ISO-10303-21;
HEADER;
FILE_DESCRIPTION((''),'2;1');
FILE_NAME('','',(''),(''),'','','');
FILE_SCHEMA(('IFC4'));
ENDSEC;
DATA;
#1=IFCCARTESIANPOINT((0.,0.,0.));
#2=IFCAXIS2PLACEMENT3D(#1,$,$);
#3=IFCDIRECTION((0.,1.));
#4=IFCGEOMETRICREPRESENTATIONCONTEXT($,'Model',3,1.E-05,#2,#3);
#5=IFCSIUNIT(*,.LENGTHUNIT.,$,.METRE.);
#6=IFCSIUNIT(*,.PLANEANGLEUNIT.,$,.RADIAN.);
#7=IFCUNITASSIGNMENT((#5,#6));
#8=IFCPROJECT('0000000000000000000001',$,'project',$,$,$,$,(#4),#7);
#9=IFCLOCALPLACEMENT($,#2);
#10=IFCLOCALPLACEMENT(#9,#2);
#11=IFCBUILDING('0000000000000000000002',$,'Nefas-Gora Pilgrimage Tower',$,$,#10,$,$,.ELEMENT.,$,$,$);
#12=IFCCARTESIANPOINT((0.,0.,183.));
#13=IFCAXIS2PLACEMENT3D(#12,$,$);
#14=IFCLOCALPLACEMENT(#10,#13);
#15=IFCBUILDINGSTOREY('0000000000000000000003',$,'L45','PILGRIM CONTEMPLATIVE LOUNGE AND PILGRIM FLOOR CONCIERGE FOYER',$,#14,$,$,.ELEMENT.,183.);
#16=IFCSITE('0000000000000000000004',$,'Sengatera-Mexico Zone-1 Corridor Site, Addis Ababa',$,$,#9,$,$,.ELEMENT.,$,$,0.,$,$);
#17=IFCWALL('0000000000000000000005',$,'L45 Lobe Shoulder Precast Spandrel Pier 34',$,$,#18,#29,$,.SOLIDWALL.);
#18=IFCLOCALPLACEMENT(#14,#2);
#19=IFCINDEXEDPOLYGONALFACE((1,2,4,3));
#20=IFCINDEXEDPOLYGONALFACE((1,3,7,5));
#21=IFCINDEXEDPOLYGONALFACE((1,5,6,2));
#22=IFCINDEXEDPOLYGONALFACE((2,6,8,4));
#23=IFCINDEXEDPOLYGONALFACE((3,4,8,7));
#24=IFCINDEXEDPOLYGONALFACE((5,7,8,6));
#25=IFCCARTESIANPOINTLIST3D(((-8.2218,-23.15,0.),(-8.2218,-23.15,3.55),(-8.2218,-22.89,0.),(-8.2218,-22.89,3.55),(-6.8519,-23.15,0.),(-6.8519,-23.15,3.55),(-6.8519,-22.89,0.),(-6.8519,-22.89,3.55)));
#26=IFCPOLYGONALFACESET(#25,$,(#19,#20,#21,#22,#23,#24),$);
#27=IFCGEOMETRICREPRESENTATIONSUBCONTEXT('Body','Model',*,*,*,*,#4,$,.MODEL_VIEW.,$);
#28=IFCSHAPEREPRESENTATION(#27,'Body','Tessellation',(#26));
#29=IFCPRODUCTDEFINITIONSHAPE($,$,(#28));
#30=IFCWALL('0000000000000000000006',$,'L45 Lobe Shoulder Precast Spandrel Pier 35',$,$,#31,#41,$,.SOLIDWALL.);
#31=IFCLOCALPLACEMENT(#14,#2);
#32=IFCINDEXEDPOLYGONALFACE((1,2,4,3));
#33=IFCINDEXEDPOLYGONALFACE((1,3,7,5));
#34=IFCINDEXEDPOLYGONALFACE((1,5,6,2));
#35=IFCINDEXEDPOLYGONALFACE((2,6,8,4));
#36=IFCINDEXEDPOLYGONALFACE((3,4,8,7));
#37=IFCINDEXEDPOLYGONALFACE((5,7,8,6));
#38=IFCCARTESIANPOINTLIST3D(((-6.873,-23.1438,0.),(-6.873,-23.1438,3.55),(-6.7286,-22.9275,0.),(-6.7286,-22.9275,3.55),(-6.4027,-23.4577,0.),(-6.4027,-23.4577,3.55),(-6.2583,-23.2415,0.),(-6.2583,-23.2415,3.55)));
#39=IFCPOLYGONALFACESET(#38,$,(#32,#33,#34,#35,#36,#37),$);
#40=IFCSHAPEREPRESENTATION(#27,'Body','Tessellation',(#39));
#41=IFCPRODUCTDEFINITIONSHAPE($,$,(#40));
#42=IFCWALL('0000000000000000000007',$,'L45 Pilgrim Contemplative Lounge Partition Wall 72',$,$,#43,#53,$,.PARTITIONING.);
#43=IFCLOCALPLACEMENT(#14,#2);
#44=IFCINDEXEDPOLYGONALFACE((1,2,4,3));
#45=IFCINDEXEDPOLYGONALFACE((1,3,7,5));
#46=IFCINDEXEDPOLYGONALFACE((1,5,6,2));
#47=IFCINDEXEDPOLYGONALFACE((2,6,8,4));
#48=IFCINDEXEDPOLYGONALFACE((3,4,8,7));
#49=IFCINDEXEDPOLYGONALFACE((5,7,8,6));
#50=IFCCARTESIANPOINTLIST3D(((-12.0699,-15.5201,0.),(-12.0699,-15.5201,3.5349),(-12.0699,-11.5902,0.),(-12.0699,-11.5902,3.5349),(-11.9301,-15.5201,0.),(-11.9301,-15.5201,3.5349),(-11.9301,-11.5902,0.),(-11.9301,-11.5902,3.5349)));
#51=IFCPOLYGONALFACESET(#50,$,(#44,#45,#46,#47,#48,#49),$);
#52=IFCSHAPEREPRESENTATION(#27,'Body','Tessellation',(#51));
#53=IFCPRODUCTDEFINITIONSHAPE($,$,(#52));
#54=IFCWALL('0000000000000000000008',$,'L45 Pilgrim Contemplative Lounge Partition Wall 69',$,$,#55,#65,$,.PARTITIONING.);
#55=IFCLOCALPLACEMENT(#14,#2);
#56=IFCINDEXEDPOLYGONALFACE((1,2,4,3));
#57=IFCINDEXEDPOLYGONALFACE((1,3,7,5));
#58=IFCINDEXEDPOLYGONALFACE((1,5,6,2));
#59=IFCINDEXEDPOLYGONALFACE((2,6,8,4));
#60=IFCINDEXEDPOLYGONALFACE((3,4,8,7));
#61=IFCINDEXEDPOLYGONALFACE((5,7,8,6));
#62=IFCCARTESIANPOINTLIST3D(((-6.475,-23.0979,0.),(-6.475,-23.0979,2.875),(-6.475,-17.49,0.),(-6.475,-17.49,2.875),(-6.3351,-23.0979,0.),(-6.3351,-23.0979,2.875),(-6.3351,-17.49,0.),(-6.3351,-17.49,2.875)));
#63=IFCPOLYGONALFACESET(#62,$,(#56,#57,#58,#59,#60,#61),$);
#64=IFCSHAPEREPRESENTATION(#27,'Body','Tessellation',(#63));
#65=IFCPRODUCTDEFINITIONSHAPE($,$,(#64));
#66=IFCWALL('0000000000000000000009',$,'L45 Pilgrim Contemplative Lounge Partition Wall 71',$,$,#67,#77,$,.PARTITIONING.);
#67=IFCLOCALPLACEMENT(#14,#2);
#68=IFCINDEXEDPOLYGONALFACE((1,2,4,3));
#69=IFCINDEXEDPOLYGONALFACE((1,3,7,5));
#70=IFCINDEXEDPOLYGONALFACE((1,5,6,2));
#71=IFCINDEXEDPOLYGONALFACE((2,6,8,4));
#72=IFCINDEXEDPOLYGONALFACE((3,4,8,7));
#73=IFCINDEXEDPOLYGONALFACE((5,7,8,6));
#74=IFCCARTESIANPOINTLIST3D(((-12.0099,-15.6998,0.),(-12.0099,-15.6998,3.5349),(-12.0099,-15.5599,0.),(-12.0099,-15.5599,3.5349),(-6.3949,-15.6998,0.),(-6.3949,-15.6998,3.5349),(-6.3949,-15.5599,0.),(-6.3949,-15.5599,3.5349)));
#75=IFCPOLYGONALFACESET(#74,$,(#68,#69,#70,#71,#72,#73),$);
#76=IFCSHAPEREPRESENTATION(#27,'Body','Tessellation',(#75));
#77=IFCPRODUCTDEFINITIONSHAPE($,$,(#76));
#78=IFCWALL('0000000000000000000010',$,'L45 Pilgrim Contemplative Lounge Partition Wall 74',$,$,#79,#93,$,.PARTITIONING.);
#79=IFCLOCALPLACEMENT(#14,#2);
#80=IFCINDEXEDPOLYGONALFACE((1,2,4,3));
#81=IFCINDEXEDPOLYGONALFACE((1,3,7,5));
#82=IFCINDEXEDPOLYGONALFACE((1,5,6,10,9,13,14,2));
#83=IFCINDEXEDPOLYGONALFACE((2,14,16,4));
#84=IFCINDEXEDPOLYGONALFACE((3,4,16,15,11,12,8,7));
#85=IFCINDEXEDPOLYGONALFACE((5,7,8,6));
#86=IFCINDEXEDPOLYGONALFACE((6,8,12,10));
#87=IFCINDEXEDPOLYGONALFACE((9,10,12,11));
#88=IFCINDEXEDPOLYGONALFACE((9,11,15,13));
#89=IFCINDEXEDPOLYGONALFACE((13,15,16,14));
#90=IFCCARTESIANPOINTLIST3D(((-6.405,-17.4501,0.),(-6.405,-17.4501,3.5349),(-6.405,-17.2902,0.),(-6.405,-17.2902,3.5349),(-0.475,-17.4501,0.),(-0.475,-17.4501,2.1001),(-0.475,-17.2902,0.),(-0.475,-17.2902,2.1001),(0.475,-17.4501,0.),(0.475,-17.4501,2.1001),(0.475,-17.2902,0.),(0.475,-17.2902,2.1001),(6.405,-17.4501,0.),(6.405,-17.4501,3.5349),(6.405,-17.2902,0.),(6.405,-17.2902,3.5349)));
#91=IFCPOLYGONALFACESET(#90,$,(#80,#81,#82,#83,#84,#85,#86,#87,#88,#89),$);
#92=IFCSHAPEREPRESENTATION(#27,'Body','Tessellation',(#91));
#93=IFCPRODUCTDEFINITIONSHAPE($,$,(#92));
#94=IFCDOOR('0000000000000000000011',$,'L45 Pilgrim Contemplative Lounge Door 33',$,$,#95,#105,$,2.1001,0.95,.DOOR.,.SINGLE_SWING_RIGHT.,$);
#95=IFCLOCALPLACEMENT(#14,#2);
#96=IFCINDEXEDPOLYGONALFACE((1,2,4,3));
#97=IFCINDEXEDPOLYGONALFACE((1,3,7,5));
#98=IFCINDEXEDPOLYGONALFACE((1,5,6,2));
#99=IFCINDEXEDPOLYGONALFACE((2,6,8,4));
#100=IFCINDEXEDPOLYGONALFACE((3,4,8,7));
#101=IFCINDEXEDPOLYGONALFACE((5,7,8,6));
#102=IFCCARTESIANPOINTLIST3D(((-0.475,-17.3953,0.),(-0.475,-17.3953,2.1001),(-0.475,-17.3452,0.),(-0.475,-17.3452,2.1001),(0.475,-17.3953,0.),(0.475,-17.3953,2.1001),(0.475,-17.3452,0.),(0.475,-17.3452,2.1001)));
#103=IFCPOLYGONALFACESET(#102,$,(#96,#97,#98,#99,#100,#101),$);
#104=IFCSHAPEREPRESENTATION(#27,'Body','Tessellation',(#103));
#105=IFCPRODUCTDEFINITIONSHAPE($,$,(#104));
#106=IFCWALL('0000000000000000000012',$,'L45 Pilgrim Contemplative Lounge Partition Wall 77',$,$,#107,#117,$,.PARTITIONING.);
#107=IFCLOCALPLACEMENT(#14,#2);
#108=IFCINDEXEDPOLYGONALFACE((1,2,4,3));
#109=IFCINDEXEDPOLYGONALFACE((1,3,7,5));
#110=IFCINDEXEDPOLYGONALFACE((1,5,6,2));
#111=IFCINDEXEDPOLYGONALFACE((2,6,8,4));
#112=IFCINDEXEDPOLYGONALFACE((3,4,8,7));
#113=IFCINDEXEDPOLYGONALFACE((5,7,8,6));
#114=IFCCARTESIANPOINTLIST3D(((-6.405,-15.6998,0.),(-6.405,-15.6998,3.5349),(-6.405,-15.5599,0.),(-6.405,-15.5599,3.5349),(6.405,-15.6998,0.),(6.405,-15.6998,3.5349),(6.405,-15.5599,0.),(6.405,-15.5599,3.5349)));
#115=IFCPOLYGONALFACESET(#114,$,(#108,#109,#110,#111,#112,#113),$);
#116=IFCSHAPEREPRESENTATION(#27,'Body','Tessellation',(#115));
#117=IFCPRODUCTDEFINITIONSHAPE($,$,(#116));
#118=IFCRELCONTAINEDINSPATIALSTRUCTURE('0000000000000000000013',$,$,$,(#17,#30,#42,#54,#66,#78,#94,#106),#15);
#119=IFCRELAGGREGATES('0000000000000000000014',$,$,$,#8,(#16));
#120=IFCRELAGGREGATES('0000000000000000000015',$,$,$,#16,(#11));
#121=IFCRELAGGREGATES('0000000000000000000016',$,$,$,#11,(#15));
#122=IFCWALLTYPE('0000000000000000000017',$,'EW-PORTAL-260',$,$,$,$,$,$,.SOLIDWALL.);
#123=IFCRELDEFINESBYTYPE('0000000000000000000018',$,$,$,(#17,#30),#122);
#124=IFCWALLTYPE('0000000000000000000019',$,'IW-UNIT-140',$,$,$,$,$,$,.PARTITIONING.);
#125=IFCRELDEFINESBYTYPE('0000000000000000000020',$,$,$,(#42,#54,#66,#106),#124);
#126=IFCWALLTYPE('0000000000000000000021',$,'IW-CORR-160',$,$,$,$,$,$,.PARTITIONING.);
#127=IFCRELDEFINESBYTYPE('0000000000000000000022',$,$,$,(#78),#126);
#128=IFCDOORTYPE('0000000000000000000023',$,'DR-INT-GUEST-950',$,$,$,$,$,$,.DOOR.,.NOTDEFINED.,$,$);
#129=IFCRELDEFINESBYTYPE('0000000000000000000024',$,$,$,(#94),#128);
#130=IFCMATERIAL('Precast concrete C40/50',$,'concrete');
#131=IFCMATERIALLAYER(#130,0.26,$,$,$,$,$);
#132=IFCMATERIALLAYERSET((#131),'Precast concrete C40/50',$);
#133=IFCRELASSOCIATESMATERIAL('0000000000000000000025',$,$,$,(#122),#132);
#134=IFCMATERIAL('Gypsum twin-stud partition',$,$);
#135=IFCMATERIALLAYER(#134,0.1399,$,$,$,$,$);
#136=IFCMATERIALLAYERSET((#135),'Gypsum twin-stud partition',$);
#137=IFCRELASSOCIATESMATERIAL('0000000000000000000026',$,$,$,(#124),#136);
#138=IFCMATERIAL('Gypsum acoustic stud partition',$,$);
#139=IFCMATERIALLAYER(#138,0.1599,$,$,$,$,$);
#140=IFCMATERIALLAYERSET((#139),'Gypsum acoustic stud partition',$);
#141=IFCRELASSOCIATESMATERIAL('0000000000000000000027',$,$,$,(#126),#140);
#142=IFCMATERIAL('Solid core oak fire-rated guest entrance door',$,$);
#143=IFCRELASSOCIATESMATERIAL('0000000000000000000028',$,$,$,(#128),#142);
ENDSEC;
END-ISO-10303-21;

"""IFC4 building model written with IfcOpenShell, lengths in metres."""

from ifc_helpers import new_model, si_unit, direction, frame, frame_2d, origin, place, context, subcontext, project, spatial, rectangle, extrude, source, transform, mapped, material, layer, layer_set, type_object, element, fill, save


model = new_model("IFC4")

# Units and contexts
model_context = context("Model", 3, precision=1e-05, world=origin(), true_north=direction((0.0, 1.0)))
body_context = subcontext(model_context, "Body", "Model", "MODEL_VIEW")
ifc_project = project(units=[si_unit("LENGTHUNIT", "METRE"), si_unit("PLANEANGLEUNIT", "RADIAN")], contexts=[model_context])

# Site, building, storey
site_placement = place(None, origin())
site = spatial("IfcSite", under=ifc_project, at=site_placement, Name="Sengatera-Mexico Zone-1 Corridor Site, Addis Ababa", CompositionType="ELEMENT", RefElevation=0.0)
building_placement = place(site_placement, origin())
building = spatial("IfcBuilding", under=site, at=building_placement, Name="Nefas-Gora Pilgrimage Tower", CompositionType="ELEMENT")
storey_placement = place(building_placement, frame((0.0, 0.0, 183.0)))
storey = spatial("IfcBuildingStorey", under=building, at=storey_placement, Name="L45", Description="PILGRIM CONTEMPLATIVE LOUNGE AND PILGRIM FLOOR CONCIERGE FOYER", CompositionType="ELEMENT", Elevation=183.0)

# Walls
ifc_material_1 = material(Name="Precast concrete C40/50", Category="concrete")
ifc_layer_1 = layer(ifc_material_1, 0.26)
ifc_layer_set_1 = layer_set([ifc_layer_1], Name="Precast concrete C40/50")
wall_type_1 = type_object("IfcWallType", Name="EW-PORTAL-260", PredefinedType="SOLIDWALL", material=ifc_layer_set_1)
shared_shape_1 = source(origin(), body_context, "Body", "SweptSolid", [
    extrude(rectangle(XDim=1.3699, YDim=0.26, at=frame_2d((0.6851, 0.0))), origin(), (0.0, 0.0, 1.0), 3.55),
])
wall_1_placement = place(storey_placement, frame((-8.2219, -23.02, 0.0), z_axis=(0.0, 0.0, 1.0), x_axis=(1.0, 0.0, 0.0)))
element("IfcWall", 1, at=wall_1_placement, inside=storey, type_object=wall_type_1, Name="L45 Lobe Shoulder Precast Spandrel Pier 34", PredefinedType="SOLIDWALL", context=body_context, shape_type="MappedRepresentation", body=[
    mapped(shared_shape_1, transform((0.0, 0.0, 0.0), x_axis=(1.0, 0.0, 0.0), y_axis=(0.0, 1.0, 0.0), z_axis=(0.0, 0.0, 1.0), scale=1.0)),
])
shared_shape_2 = source(origin(), body_context, "Body", "SweptSolid", [
    extrude(rectangle(XDim=0.5654, YDim=0.26, at=frame_2d((0.2827, 0.0))), origin(), (0.0, 0.0, 1.0), 3.55),
])
wall_2_placement = place(storey_placement, frame((-6.8008, -23.0356, 0.0), z_axis=(0.0, 0.0, 1.0), x_axis=(0.831651, -0.555298, 0.0)))
element("IfcWall", 2, at=wall_2_placement, inside=storey, type_object=wall_type_1, Name="L45 Lobe Shoulder Precast Spandrel Pier 35", PredefinedType="SOLIDWALL", context=body_context, shape_type="MappedRepresentation", body=[
    mapped(shared_shape_2, transform((0.0, 0.0, 0.0), x_axis=(1.0, 0.0, 0.0), y_axis=(0.0, 1.0, 0.0), z_axis=(0.0, 0.0, 1.0), scale=1.0)),
])
ifc_material_2 = material(Name="Gypsum twin-stud partition")
ifc_layer_2 = layer(ifc_material_2, 0.1399)
ifc_layer_set_2 = layer_set([ifc_layer_2], Name="Gypsum twin-stud partition")
wall_type_2 = type_object("IfcWallType", Name="IW-UNIT-140", PredefinedType="PARTITIONING", material=ifc_layer_set_2)
shared_shape_3 = source(origin(), body_context, "Body", "SweptSolid", [
    extrude(rectangle(XDim=3.9299, YDim=0.1399, at=frame_2d((1.9648, 0.0))), origin(), (0.0, 0.0, 1.0), 3.5349),
])
wall_3_placement = place(storey_placement, frame((-12.0, -15.52, 0.0), z_axis=(0.0, 0.0, 1.0), x_axis=(0.0, 1.0, 0.0)))
element("IfcWall", 3, at=wall_3_placement, inside=storey, type_object=wall_type_2, Name="L45 Pilgrim Contemplative Lounge Partition Wall 72", PredefinedType="PARTITIONING", context=body_context, shape_type="MappedRepresentation", body=[
    mapped(shared_shape_3, transform((0.0, 0.0, 0.0), x_axis=(1.0, 0.0, 0.0), y_axis=(0.0, 1.0, 0.0), z_axis=(0.0, 0.0, 1.0), scale=1.0)),
])
shared_shape_4 = source(origin(), body_context, "Body", "SweptSolid", [
    extrude(rectangle(XDim=5.6079, YDim=0.1399, at=frame_2d((2.804, 0.0))), origin(), (0.0, 0.0, 1.0), 2.875),
])
wall_4_placement = place(storey_placement, frame((-6.405, -23.0979, 0.0), z_axis=(0.0, 0.0, 1.0), x_axis=(0.0, 1.0, 0.0)))
element("IfcWall", 4, at=wall_4_placement, inside=storey, type_object=wall_type_2, Name="L45 Pilgrim Contemplative Lounge Partition Wall 69", PredefinedType="PARTITIONING", context=body_context, shape_type="MappedRepresentation", body=[
    mapped(shared_shape_4, transform((0.0, 0.0, 0.0), x_axis=(1.0, 0.0, 0.0), y_axis=(0.0, 1.0, 0.0), z_axis=(0.0, 0.0, 1.0), scale=1.0)),
])
shared_shape_5 = source(origin(), body_context, "Body", "SweptSolid", [
    extrude(rectangle(XDim=5.615, YDim=0.1399, at=frame_2d((2.8076, 0.0))), origin(), (0.0, 0.0, 1.0), 3.5349),
])
wall_5_placement = place(storey_placement, frame((-12.01, -15.6299, 0.0), z_axis=(0.0, 0.0, 1.0), x_axis=(1.0, 0.0, 0.0)))
element("IfcWall", 5, at=wall_5_placement, inside=storey, type_object=wall_type_2, Name="L45 Pilgrim Contemplative Lounge Partition Wall 71", PredefinedType="PARTITIONING", context=body_context, shape_type="MappedRepresentation", body=[
    mapped(shared_shape_5, transform((0.0, 0.0, 0.0), x_axis=(1.0, 0.0, 0.0), y_axis=(0.0, 1.0, 0.0), z_axis=(0.0, 0.0, 1.0), scale=1.0)),
])

# Wall, opening, door
ifc_material_3 = material(Name="Gypsum acoustic stud partition")
ifc_layer_3 = layer(ifc_material_3, 0.1599)
ifc_layer_set_3 = layer_set([ifc_layer_3], Name="Gypsum acoustic stud partition")
wall_type_3 = type_object("IfcWallType", Name="IW-CORR-160", PredefinedType="PARTITIONING", material=ifc_layer_set_3)
shared_shape_6 = source(origin(), body_context, "Body", "SweptSolid", [
    extrude(rectangle(XDim=12.8101, YDim=0.1599, at=frame_2d((6.405, 0.0))), origin(), (0.0, 0.0, 1.0), 3.5349),
])
wall_6_placement = place(storey_placement, frame((-6.405, -17.3701, 0.0), z_axis=(0.0, 0.0, 1.0), x_axis=(1.0, 0.0, 0.0)))
wall_6 = element("IfcWall", 6, at=wall_6_placement, inside=storey, type_object=wall_type_3, Name="L45 Pilgrim Contemplative Lounge Partition Wall 74", PredefinedType="PARTITIONING", context=body_context, shape_type="MappedRepresentation", body=[
    mapped(shared_shape_6, transform((0.0, 0.0, 0.0), x_axis=(1.0, 0.0, 0.0), y_axis=(0.0, 1.0, 0.0), z_axis=(0.0, 0.0, 1.0), scale=1.0)),
])
opening_placement = place(wall_6_placement, frame((5.9299, 0.0, 0.0)))
opening = element("IfcOpeningElement", 7, at=opening_placement, cuts=wall_6, PredefinedType="OPENING", context=body_context, shape_type="SweptSolid", body=[
    extrude(rectangle(XDim=0.95, YDim=2.1001, at=frame_2d((0.4751, 1.05))), frame((0.0, 0.0898, 0.0), z_axis=(0.0, -1.0, 0.0), x_axis=(1.0, 0.0, 0.0)), (0.0, 0.0, 1.0), 0.1799),
])
ifc_material_4 = material(Name="Solid core oak fire-rated guest entrance door")
door_type = type_object("IfcDoorType", Name="DR-INT-GUEST-950", OperationType="NOTDEFINED", PredefinedType="DOOR", material=ifc_material_4)
shared_shape_7 = source(origin(), body_context, "Body", "SweptSolid", [
    extrude(rectangle(XDim=0.95, YDim=2.1001, at=frame_2d((0.4751, 1.05))), frame((0.0, 0.0249, 0.0), z_axis=(0.0, -1.0, 0.0), x_axis=(1.0, 0.0, 0.0)), (0.0, 0.0, 1.0), 0.05),
])
door_placement = place(opening_placement, origin())
door = element("IfcDoor", 8, at=door_placement, inside=storey, type_object=door_type, Name="L45 Pilgrim Contemplative Lounge Door 33", OperationType="SINGLE_SWING_RIGHT", OverallHeight=2.1001, OverallWidth=0.95, PredefinedType="DOOR", context=body_context, shape_type="MappedRepresentation", body=[
    mapped(shared_shape_7, transform((0.0, 0.0, 0.0), x_axis=(1.0, 0.0, 0.0), y_axis=(0.0, 1.0, 0.0), z_axis=(0.0, 0.0, 1.0), scale=1.0)),
])
fill(opening, door)

# Wall
shared_shape_8 = source(origin(), body_context, "Body", "SweptSolid", [
    extrude(rectangle(XDim=12.8101, YDim=0.1399, at=frame_2d((6.405, 0.0))), origin(), (0.0, 0.0, 1.0), 3.5349),
])
wall_7_placement = place(storey_placement, frame((-6.405, -15.6299, 0.0), z_axis=(0.0, 0.0, 1.0), x_axis=(1.0, 0.0, 0.0)))
element("IfcWall", 9, at=wall_7_placement, inside=storey, type_object=wall_type_2, Name="L45 Pilgrim Contemplative Lounge Partition Wall 77", PredefinedType="PARTITIONING", context=body_context, shape_type="MappedRepresentation", body=[
    mapped(shared_shape_8, transform((0.0, 0.0, 0.0), x_axis=(1.0, 0.0, 0.0), y_axis=(0.0, 1.0, 0.0), z_axis=(0.0, 0.0, 1.0), scale=1.0)),
])

save(model, "model.ifc")
